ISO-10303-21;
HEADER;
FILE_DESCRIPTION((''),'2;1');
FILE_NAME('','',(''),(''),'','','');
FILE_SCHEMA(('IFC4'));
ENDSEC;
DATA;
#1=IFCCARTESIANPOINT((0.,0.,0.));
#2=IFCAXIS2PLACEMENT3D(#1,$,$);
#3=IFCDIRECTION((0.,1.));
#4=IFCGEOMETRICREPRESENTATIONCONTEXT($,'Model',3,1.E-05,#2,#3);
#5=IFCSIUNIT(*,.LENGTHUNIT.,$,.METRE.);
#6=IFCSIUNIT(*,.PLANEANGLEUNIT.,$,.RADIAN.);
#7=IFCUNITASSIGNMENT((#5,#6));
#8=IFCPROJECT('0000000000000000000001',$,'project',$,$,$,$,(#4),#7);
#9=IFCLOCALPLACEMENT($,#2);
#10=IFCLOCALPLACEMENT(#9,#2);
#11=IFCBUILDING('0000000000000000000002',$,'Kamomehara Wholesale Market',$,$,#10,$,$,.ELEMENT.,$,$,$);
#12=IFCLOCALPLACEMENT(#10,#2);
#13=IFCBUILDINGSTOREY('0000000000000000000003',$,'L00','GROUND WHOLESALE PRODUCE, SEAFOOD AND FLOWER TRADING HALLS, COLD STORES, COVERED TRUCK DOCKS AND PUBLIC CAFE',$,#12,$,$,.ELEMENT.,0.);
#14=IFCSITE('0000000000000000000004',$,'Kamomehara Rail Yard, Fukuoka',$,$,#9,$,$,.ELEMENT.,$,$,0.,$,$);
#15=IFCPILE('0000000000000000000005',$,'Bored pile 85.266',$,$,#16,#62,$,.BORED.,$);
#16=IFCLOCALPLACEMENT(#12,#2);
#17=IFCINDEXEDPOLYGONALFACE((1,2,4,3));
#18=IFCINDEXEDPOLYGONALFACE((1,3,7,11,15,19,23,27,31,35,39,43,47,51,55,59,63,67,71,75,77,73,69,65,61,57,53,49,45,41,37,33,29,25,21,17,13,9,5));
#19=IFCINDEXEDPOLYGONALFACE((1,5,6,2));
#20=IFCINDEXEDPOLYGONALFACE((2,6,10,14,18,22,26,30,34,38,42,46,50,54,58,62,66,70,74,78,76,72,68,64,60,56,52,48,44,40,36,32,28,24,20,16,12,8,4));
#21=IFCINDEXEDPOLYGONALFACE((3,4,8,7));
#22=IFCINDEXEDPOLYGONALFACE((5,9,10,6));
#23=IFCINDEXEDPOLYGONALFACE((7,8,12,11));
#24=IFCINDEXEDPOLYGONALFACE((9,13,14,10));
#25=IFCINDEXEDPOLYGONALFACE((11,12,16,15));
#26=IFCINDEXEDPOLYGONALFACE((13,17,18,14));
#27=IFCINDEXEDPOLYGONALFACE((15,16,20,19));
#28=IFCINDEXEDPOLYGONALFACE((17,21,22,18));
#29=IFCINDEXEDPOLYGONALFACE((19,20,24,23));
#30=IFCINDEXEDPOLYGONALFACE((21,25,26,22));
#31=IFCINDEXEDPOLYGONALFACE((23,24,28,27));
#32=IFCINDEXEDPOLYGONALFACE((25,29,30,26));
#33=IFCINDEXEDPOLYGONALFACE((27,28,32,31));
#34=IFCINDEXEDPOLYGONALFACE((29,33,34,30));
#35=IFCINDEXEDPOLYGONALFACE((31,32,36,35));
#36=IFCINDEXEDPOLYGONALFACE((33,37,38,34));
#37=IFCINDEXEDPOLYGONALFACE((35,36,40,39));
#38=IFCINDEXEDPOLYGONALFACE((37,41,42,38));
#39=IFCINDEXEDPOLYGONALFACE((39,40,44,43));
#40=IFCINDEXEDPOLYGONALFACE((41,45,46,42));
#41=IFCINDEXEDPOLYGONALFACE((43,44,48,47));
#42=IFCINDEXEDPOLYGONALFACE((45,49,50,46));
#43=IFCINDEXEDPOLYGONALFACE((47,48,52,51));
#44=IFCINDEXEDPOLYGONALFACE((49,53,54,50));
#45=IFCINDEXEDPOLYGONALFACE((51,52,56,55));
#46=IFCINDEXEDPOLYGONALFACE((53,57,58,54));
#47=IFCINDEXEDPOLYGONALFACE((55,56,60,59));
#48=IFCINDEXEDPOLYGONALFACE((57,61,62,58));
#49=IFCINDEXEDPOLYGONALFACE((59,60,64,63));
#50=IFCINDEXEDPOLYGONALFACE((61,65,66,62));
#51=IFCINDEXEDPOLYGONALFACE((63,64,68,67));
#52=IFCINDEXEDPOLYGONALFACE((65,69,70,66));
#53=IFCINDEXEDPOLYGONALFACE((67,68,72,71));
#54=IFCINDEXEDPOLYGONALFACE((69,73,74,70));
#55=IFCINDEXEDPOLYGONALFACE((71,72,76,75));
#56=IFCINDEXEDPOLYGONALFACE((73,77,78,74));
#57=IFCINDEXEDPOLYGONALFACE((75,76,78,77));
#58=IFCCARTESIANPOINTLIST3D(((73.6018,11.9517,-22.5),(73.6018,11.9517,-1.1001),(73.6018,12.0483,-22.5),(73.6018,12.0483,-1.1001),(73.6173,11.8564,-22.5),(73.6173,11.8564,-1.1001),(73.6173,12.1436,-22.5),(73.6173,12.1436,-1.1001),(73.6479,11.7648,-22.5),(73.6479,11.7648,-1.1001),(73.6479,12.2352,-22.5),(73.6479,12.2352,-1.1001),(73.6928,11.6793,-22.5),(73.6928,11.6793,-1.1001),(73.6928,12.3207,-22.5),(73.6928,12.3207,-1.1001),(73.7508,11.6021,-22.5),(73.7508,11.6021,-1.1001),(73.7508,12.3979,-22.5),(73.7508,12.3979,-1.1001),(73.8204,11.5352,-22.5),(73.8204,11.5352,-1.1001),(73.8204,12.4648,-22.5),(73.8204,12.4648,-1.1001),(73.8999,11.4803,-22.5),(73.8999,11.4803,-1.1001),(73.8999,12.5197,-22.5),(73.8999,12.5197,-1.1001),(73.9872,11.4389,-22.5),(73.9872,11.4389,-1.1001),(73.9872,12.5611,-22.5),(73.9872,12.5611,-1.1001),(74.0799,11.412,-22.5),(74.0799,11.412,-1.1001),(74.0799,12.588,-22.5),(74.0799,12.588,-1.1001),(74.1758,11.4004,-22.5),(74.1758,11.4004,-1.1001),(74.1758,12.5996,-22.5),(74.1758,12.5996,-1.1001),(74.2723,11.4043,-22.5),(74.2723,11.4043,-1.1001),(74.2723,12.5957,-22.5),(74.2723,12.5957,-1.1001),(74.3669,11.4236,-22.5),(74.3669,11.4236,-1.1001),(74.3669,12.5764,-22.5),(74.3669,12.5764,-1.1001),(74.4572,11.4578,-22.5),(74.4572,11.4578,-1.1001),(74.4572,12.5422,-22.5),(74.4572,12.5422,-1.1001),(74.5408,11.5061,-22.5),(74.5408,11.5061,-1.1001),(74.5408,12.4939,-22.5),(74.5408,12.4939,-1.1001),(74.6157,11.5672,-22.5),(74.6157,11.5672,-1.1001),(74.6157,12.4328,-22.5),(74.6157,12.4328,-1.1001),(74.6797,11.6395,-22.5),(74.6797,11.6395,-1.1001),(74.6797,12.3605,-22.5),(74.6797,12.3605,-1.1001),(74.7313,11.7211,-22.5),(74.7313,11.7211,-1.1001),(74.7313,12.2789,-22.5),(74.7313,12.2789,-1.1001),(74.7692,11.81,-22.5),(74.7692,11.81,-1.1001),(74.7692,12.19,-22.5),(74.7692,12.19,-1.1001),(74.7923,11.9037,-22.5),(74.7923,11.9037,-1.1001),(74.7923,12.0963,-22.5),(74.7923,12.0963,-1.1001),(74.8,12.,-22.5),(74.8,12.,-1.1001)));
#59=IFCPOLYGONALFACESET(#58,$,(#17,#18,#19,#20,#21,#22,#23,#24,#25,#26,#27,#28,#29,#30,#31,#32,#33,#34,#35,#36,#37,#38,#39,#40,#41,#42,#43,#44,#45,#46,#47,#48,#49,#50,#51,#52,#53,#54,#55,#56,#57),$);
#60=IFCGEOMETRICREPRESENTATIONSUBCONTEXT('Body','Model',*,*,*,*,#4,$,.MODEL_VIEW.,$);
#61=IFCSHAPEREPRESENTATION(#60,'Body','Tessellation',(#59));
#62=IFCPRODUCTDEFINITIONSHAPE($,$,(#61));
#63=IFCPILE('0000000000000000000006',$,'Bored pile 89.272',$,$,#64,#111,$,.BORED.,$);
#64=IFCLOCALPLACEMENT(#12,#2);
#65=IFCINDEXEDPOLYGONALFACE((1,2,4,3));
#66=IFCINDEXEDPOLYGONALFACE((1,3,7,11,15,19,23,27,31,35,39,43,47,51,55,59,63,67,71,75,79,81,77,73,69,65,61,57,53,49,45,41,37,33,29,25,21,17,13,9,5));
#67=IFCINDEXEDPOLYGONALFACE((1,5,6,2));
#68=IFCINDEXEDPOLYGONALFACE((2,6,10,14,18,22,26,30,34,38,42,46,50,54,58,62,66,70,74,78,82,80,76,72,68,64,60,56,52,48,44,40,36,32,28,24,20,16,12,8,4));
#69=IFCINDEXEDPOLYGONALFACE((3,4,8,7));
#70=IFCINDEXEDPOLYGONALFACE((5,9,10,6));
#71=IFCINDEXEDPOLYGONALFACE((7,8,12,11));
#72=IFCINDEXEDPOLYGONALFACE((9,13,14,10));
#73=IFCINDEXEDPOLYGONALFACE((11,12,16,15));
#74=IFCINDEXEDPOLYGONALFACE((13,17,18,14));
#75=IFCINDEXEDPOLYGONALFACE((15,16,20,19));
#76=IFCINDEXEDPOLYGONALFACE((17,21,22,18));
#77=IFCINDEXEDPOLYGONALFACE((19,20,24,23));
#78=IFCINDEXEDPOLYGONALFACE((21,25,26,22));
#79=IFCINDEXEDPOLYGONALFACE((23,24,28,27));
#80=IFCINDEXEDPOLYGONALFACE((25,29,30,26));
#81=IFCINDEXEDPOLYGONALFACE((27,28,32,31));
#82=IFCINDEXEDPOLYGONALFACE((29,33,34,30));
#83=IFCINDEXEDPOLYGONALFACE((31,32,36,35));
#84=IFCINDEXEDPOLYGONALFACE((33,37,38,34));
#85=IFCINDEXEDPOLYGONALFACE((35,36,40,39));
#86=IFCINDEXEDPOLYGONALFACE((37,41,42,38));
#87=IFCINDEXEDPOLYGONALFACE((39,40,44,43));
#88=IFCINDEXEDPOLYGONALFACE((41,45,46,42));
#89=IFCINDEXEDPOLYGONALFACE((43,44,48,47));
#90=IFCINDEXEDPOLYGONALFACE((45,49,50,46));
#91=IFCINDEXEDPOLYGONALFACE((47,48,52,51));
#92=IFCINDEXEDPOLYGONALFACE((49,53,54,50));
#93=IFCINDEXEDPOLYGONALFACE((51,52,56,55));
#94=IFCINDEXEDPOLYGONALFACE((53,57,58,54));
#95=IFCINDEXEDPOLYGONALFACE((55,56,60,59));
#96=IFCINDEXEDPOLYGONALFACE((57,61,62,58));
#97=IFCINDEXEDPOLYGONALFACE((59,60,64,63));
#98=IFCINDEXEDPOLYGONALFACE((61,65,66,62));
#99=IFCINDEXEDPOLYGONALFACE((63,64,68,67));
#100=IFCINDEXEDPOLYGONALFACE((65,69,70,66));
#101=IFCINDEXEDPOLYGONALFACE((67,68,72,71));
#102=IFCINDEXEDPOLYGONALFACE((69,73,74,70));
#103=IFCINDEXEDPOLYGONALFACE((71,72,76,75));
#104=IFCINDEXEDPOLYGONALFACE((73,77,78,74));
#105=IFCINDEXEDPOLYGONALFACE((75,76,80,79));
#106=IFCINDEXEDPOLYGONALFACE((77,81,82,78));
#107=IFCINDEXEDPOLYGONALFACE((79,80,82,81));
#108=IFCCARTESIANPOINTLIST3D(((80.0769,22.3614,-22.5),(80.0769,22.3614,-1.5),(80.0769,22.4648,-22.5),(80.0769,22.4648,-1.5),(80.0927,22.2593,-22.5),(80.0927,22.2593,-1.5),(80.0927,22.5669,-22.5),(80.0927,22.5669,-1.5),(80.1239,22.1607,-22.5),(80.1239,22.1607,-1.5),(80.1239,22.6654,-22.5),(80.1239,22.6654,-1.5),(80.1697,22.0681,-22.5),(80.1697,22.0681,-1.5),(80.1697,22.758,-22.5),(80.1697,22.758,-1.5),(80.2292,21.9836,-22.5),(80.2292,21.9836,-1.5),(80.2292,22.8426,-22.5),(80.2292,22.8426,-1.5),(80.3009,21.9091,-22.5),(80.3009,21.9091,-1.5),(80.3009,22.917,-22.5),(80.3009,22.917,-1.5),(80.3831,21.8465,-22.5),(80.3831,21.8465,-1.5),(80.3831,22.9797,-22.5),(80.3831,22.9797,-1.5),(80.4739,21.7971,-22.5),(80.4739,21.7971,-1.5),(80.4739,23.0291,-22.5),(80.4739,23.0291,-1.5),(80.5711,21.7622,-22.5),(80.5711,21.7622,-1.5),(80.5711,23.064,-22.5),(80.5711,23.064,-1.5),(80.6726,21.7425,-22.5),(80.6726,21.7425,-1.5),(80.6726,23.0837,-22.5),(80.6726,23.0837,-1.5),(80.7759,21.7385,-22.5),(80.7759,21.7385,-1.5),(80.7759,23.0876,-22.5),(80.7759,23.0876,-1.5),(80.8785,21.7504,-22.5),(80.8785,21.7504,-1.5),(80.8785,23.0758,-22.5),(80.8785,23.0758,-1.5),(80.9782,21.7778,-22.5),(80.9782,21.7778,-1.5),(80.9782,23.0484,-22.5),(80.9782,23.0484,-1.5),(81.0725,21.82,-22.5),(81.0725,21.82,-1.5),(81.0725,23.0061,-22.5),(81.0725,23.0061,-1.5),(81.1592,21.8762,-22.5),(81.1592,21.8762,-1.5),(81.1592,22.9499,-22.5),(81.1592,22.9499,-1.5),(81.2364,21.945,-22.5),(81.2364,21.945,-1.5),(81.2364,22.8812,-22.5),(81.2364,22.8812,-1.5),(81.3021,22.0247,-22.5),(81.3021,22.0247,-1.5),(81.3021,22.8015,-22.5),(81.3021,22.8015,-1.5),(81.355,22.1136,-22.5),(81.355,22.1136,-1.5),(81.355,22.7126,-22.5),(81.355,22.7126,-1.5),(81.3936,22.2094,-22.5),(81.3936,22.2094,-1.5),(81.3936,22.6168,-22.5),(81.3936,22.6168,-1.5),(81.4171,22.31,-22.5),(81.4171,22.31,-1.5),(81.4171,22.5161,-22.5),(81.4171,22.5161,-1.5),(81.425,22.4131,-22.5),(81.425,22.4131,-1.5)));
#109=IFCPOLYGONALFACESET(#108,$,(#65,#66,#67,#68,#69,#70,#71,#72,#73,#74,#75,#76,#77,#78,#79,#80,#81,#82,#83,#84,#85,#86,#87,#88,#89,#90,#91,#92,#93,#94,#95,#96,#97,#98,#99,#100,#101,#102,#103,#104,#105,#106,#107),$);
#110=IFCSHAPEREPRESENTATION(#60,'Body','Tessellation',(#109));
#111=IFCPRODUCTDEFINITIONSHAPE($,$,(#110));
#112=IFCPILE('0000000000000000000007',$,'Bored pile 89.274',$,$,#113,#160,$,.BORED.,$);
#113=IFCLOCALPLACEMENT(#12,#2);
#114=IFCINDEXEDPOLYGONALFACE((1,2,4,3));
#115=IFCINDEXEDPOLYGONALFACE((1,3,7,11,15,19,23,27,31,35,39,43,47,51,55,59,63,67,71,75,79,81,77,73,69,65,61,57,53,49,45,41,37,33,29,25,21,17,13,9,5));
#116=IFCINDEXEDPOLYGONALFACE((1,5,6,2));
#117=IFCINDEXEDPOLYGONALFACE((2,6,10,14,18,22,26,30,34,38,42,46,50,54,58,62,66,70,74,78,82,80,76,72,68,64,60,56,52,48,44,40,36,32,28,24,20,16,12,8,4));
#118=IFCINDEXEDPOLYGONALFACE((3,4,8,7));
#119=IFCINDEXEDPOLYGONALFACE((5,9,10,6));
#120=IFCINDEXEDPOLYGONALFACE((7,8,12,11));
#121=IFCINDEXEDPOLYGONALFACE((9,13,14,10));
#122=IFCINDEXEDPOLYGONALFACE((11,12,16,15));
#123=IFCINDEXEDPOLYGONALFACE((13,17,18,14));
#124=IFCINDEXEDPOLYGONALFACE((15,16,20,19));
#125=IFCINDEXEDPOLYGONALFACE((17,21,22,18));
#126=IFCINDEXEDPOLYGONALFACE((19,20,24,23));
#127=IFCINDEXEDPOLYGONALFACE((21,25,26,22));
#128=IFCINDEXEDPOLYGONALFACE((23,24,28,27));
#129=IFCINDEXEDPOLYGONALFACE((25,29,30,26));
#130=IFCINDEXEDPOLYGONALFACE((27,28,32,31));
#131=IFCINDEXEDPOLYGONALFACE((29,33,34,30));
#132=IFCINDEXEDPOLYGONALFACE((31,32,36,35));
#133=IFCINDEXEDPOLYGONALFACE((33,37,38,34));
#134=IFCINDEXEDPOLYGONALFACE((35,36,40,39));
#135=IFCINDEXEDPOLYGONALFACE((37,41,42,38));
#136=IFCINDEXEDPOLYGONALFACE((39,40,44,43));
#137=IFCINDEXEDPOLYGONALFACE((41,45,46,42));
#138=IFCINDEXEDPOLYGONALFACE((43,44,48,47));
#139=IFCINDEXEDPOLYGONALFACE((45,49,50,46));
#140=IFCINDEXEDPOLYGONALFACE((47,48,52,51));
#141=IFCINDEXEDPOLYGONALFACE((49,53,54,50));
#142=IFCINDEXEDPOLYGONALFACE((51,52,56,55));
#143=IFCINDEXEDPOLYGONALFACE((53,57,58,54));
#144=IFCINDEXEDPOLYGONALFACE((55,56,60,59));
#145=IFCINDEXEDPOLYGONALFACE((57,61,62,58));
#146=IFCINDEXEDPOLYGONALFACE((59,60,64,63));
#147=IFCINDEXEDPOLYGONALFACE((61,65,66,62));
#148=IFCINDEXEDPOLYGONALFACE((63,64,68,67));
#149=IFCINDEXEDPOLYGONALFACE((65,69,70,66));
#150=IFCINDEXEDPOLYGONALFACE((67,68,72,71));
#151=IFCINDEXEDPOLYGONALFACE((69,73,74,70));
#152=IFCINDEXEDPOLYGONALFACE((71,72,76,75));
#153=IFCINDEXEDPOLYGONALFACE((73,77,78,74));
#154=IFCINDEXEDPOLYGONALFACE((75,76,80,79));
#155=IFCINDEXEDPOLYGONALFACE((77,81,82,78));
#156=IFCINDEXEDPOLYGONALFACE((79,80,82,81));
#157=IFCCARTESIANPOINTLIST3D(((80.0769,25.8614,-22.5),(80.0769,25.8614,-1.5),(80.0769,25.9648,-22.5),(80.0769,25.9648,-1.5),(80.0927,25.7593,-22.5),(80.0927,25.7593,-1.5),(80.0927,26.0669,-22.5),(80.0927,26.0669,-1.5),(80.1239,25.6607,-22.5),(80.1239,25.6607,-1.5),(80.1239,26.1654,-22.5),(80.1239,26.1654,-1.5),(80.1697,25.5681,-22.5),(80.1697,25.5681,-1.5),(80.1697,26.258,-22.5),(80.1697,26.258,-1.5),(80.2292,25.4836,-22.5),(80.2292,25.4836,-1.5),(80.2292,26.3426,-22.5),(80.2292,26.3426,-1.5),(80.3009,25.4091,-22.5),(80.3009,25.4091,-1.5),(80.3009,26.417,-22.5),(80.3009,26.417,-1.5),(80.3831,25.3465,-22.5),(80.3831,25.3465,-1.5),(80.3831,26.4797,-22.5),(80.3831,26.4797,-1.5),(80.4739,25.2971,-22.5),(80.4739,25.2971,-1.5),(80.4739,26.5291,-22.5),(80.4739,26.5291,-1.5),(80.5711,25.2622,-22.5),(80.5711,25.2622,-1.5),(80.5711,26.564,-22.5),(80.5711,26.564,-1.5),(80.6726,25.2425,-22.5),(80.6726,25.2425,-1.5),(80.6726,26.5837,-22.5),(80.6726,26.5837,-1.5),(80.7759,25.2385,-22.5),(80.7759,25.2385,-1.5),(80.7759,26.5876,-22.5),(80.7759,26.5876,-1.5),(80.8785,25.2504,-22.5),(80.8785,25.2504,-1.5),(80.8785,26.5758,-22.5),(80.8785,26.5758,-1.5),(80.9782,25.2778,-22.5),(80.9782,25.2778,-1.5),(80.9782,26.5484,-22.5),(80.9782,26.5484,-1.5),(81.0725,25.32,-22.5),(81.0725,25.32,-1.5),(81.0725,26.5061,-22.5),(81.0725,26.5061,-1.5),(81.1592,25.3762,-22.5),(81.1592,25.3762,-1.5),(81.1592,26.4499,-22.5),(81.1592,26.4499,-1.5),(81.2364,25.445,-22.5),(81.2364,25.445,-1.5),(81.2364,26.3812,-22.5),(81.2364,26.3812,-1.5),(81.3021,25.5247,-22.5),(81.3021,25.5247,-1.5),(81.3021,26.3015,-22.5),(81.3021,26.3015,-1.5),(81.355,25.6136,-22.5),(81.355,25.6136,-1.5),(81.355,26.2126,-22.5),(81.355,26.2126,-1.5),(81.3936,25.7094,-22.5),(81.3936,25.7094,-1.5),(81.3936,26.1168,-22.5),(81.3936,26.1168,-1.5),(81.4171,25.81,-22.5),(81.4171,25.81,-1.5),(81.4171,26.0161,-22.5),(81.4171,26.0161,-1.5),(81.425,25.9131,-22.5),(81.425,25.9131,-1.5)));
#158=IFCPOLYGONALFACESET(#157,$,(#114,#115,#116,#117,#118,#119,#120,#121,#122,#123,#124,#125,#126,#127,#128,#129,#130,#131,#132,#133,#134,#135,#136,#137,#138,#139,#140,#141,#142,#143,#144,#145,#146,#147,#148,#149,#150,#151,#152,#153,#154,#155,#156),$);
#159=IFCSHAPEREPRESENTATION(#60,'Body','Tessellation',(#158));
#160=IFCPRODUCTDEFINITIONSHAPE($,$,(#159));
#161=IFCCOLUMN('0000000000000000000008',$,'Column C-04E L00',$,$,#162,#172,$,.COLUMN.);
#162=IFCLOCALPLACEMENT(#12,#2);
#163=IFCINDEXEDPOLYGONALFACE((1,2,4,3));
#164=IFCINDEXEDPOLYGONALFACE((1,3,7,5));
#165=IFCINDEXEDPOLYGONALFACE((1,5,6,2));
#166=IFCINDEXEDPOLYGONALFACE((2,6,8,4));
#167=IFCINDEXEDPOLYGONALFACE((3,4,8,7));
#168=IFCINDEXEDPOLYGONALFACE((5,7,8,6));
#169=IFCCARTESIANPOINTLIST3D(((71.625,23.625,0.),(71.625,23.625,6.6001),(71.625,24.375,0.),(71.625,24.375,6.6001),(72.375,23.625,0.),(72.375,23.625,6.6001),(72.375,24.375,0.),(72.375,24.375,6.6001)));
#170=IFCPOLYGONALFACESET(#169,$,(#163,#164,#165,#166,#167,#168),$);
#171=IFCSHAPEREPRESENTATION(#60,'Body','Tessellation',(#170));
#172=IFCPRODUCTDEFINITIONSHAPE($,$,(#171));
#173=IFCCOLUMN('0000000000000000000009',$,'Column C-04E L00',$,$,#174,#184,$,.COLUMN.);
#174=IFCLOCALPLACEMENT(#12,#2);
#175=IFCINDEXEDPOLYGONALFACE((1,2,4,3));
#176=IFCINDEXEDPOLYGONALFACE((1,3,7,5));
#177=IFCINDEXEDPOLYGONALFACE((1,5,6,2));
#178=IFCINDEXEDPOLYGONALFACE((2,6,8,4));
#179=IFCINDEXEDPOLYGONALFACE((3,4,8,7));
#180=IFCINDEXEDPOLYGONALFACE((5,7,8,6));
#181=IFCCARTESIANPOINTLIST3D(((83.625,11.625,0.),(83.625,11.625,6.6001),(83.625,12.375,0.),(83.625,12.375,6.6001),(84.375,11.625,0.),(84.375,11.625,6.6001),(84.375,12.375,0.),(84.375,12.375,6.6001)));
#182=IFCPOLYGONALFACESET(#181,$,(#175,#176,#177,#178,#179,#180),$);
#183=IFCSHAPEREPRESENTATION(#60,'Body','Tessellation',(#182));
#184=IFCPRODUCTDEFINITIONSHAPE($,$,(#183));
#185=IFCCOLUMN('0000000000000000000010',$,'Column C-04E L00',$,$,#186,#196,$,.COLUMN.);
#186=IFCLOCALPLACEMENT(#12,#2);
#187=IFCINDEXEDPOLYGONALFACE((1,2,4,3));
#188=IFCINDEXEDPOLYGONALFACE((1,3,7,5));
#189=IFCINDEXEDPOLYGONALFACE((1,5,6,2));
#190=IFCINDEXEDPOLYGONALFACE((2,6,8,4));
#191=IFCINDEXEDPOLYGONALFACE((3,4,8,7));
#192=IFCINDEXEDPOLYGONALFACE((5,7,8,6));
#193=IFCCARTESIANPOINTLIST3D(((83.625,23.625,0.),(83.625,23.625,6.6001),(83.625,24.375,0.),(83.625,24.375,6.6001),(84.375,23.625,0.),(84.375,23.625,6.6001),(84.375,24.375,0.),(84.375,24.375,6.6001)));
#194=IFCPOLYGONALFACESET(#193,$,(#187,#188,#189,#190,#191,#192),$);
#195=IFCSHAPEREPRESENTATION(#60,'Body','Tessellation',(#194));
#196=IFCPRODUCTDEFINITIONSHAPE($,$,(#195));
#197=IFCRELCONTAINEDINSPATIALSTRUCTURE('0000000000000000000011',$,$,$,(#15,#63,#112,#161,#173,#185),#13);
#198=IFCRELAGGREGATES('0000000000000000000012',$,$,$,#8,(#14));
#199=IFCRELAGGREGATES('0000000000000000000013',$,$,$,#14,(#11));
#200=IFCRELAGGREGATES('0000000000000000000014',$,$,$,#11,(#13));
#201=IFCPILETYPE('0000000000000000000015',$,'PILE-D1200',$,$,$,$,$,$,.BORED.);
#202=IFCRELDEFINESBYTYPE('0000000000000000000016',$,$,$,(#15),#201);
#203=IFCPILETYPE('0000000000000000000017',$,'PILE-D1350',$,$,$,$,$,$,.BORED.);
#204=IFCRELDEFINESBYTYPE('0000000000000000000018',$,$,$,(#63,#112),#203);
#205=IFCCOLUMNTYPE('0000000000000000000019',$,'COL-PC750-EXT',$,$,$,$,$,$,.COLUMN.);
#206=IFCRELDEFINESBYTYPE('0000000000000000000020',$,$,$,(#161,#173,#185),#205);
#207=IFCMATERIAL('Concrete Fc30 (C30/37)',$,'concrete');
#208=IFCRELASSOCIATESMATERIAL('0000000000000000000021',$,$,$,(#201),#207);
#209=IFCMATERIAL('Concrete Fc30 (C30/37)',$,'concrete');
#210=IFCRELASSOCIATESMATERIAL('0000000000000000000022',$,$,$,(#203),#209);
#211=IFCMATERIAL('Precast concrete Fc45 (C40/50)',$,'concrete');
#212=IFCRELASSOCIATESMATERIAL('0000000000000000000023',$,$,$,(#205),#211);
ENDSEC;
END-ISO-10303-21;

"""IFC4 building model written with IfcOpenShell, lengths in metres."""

from ifc_helpers import new_model, si_unit, direction, frame, origin, origin_2d, place, context, subcontext, project, spatial, rectangle, circle, extrude, material, material_profile, profile_set, type_object, element, save


model = new_model("IFC4")

# Units and contexts
model_context = context("Model", 3, precision=1e-05, world=origin(), true_north=direction((0.0, 1.0)))
body_context = subcontext(model_context, "Body", "Model", "MODEL_VIEW")
ifc_project = project(units=[si_unit("LENGTHUNIT", "METRE"), si_unit("PLANEANGLEUNIT", "RADIAN")], contexts=[model_context])

# Site, building, storey
site_placement = place(None, origin())
site = spatial("IfcSite", under=ifc_project, at=site_placement, Name="Kamomehara Rail Yard, Fukuoka", CompositionType="ELEMENT", RefElevation=0.0)
building_placement = place(site_placement, origin())
building = spatial("IfcBuilding", under=site, at=building_placement, Name="Kamomehara Wholesale Market", CompositionType="ELEMENT")
storey_placement = place(building_placement, origin())
storey = spatial("IfcBuildingStorey", under=building, at=storey_placement, Name="L00", Description="GROUND WHOLESALE PRODUCE, SEAFOOD AND FLOWER TRADING HALLS, COLD STORES, COVERED TRUCK DOCKS AND PUBLIC CAFE", CompositionType="ELEMENT", Elevation=0.0)

# Piles
ifc_material_1 = material(Name="Concrete Fc30 (C30/37)", Category="concrete")
ifc_material_profile_1 = material_profile(ifc_material_1, circle(Radius=0.6001, at=origin_2d()), Name="RC-PILE-D1200")
ifc_profile_set_1 = profile_set([ifc_material_profile_1], Name="Concrete Fc30 (C30/37)")
pile_type_1 = type_object("IfcPileType", Name="PILE-D1200", PredefinedType="BORED", material=ifc_profile_set_1)
pile_1_placement = place(storey_placement, frame((74.2, 12.0, -1.1001), z_axis=(0.0, 0.0, -1.0), x_axis=(1.0, 0.0, 0.0)))
element("IfcPile", 1, at=pile_1_placement, inside=storey, type_object=pile_type_1, Name="Bored pile 85.266", PredefinedType="BORED", context=body_context, shape_type="SweptSolid", body=[
    extrude(circle(Radius=0.6001, at=origin_2d()), origin(), (0.0, 0.0, 1.0), 21.3999),
])
ifc_material_2 = material(Name="Concrete Fc30 (C30/37)", Category="concrete")
ifc_material_profile_2 = material_profile(ifc_material_2, circle(Radius=0.675, at=origin_2d()), Name="RC-PILE-D1350")
ifc_profile_set_2 = profile_set([ifc_material_profile_2], Name="Concrete Fc30 (C30/37)")
pile_type_2 = type_object("IfcPileType", Name="PILE-D1350", PredefinedType="BORED", material=ifc_profile_set_2)
for number, where, z_axis, x_axis, name in (
    (2, (80.75, 22.4131, -1.5), (0.0, 0.0, -1.0), (1.0, 0.0, 0.0), "Bored pile 89.272"),
    (3, (80.75, 25.9131, -1.5), (0.0, 0.0, -1.0), (1.0, 0.0, 0.0), "Bored pile 89.274"),
):
    element("IfcPile", number, at=place(storey_placement, frame(where, z_axis=z_axis, x_axis=x_axis)), inside=storey, type_object=pile_type_2, Name=name, PredefinedType="BORED", context=body_context, shape_type="SweptSolid", body=[
        extrude(circle(Radius=0.675, at=origin_2d()), origin(), (0.0, 0.0, 1.0), 21.0),
    ])

# Columns
ifc_material_3 = material(Name="Precast concrete Fc45 (C40/50)", Category="concrete")
ifc_material_profile_3 = material_profile(ifc_material_3, rectangle(XDim=0.75, YDim=0.75, at=origin_2d()), Name="PC-COL-750x750")
ifc_profile_set_3 = profile_set([ifc_material_profile_3], Name="Precast concrete Fc45 (C40/50)")
column_type_1 = type_object("IfcColumnType", Name="COL-PC750-EXT", PredefinedType="COLUMN", material=ifc_profile_set_3)
for number, where, z_axis, x_axis, name in (
    (4, (72.0, 24.0, 0.0), (0.0, 0.0, 1.0), (1.0, 0.0, 0.0), "Column C-04E L00"),
    (5, (84.0, 12.0, 0.0), (0.0, 0.0, 1.0), (1.0, 0.0, 0.0), "Column C-04E L00"),
    (6, (84.0, 24.0, 0.0), (0.0, 0.0, 1.0), (1.0, 0.0, 0.0), "Column C-04E L00"),
):
    element("IfcColumn", number, at=place(storey_placement, frame(where, z_axis=z_axis, x_axis=x_axis)), inside=storey, type_object=column_type_1, Name=name, PredefinedType="COLUMN", context=body_context, shape_type="SweptSolid", body=[
        extrude(rectangle(XDim=0.75, YDim=0.75, at=origin_2d()), origin(), (0.0, 0.0, 1.0), 6.6001),
    ])

save(model, "model.ifc")
